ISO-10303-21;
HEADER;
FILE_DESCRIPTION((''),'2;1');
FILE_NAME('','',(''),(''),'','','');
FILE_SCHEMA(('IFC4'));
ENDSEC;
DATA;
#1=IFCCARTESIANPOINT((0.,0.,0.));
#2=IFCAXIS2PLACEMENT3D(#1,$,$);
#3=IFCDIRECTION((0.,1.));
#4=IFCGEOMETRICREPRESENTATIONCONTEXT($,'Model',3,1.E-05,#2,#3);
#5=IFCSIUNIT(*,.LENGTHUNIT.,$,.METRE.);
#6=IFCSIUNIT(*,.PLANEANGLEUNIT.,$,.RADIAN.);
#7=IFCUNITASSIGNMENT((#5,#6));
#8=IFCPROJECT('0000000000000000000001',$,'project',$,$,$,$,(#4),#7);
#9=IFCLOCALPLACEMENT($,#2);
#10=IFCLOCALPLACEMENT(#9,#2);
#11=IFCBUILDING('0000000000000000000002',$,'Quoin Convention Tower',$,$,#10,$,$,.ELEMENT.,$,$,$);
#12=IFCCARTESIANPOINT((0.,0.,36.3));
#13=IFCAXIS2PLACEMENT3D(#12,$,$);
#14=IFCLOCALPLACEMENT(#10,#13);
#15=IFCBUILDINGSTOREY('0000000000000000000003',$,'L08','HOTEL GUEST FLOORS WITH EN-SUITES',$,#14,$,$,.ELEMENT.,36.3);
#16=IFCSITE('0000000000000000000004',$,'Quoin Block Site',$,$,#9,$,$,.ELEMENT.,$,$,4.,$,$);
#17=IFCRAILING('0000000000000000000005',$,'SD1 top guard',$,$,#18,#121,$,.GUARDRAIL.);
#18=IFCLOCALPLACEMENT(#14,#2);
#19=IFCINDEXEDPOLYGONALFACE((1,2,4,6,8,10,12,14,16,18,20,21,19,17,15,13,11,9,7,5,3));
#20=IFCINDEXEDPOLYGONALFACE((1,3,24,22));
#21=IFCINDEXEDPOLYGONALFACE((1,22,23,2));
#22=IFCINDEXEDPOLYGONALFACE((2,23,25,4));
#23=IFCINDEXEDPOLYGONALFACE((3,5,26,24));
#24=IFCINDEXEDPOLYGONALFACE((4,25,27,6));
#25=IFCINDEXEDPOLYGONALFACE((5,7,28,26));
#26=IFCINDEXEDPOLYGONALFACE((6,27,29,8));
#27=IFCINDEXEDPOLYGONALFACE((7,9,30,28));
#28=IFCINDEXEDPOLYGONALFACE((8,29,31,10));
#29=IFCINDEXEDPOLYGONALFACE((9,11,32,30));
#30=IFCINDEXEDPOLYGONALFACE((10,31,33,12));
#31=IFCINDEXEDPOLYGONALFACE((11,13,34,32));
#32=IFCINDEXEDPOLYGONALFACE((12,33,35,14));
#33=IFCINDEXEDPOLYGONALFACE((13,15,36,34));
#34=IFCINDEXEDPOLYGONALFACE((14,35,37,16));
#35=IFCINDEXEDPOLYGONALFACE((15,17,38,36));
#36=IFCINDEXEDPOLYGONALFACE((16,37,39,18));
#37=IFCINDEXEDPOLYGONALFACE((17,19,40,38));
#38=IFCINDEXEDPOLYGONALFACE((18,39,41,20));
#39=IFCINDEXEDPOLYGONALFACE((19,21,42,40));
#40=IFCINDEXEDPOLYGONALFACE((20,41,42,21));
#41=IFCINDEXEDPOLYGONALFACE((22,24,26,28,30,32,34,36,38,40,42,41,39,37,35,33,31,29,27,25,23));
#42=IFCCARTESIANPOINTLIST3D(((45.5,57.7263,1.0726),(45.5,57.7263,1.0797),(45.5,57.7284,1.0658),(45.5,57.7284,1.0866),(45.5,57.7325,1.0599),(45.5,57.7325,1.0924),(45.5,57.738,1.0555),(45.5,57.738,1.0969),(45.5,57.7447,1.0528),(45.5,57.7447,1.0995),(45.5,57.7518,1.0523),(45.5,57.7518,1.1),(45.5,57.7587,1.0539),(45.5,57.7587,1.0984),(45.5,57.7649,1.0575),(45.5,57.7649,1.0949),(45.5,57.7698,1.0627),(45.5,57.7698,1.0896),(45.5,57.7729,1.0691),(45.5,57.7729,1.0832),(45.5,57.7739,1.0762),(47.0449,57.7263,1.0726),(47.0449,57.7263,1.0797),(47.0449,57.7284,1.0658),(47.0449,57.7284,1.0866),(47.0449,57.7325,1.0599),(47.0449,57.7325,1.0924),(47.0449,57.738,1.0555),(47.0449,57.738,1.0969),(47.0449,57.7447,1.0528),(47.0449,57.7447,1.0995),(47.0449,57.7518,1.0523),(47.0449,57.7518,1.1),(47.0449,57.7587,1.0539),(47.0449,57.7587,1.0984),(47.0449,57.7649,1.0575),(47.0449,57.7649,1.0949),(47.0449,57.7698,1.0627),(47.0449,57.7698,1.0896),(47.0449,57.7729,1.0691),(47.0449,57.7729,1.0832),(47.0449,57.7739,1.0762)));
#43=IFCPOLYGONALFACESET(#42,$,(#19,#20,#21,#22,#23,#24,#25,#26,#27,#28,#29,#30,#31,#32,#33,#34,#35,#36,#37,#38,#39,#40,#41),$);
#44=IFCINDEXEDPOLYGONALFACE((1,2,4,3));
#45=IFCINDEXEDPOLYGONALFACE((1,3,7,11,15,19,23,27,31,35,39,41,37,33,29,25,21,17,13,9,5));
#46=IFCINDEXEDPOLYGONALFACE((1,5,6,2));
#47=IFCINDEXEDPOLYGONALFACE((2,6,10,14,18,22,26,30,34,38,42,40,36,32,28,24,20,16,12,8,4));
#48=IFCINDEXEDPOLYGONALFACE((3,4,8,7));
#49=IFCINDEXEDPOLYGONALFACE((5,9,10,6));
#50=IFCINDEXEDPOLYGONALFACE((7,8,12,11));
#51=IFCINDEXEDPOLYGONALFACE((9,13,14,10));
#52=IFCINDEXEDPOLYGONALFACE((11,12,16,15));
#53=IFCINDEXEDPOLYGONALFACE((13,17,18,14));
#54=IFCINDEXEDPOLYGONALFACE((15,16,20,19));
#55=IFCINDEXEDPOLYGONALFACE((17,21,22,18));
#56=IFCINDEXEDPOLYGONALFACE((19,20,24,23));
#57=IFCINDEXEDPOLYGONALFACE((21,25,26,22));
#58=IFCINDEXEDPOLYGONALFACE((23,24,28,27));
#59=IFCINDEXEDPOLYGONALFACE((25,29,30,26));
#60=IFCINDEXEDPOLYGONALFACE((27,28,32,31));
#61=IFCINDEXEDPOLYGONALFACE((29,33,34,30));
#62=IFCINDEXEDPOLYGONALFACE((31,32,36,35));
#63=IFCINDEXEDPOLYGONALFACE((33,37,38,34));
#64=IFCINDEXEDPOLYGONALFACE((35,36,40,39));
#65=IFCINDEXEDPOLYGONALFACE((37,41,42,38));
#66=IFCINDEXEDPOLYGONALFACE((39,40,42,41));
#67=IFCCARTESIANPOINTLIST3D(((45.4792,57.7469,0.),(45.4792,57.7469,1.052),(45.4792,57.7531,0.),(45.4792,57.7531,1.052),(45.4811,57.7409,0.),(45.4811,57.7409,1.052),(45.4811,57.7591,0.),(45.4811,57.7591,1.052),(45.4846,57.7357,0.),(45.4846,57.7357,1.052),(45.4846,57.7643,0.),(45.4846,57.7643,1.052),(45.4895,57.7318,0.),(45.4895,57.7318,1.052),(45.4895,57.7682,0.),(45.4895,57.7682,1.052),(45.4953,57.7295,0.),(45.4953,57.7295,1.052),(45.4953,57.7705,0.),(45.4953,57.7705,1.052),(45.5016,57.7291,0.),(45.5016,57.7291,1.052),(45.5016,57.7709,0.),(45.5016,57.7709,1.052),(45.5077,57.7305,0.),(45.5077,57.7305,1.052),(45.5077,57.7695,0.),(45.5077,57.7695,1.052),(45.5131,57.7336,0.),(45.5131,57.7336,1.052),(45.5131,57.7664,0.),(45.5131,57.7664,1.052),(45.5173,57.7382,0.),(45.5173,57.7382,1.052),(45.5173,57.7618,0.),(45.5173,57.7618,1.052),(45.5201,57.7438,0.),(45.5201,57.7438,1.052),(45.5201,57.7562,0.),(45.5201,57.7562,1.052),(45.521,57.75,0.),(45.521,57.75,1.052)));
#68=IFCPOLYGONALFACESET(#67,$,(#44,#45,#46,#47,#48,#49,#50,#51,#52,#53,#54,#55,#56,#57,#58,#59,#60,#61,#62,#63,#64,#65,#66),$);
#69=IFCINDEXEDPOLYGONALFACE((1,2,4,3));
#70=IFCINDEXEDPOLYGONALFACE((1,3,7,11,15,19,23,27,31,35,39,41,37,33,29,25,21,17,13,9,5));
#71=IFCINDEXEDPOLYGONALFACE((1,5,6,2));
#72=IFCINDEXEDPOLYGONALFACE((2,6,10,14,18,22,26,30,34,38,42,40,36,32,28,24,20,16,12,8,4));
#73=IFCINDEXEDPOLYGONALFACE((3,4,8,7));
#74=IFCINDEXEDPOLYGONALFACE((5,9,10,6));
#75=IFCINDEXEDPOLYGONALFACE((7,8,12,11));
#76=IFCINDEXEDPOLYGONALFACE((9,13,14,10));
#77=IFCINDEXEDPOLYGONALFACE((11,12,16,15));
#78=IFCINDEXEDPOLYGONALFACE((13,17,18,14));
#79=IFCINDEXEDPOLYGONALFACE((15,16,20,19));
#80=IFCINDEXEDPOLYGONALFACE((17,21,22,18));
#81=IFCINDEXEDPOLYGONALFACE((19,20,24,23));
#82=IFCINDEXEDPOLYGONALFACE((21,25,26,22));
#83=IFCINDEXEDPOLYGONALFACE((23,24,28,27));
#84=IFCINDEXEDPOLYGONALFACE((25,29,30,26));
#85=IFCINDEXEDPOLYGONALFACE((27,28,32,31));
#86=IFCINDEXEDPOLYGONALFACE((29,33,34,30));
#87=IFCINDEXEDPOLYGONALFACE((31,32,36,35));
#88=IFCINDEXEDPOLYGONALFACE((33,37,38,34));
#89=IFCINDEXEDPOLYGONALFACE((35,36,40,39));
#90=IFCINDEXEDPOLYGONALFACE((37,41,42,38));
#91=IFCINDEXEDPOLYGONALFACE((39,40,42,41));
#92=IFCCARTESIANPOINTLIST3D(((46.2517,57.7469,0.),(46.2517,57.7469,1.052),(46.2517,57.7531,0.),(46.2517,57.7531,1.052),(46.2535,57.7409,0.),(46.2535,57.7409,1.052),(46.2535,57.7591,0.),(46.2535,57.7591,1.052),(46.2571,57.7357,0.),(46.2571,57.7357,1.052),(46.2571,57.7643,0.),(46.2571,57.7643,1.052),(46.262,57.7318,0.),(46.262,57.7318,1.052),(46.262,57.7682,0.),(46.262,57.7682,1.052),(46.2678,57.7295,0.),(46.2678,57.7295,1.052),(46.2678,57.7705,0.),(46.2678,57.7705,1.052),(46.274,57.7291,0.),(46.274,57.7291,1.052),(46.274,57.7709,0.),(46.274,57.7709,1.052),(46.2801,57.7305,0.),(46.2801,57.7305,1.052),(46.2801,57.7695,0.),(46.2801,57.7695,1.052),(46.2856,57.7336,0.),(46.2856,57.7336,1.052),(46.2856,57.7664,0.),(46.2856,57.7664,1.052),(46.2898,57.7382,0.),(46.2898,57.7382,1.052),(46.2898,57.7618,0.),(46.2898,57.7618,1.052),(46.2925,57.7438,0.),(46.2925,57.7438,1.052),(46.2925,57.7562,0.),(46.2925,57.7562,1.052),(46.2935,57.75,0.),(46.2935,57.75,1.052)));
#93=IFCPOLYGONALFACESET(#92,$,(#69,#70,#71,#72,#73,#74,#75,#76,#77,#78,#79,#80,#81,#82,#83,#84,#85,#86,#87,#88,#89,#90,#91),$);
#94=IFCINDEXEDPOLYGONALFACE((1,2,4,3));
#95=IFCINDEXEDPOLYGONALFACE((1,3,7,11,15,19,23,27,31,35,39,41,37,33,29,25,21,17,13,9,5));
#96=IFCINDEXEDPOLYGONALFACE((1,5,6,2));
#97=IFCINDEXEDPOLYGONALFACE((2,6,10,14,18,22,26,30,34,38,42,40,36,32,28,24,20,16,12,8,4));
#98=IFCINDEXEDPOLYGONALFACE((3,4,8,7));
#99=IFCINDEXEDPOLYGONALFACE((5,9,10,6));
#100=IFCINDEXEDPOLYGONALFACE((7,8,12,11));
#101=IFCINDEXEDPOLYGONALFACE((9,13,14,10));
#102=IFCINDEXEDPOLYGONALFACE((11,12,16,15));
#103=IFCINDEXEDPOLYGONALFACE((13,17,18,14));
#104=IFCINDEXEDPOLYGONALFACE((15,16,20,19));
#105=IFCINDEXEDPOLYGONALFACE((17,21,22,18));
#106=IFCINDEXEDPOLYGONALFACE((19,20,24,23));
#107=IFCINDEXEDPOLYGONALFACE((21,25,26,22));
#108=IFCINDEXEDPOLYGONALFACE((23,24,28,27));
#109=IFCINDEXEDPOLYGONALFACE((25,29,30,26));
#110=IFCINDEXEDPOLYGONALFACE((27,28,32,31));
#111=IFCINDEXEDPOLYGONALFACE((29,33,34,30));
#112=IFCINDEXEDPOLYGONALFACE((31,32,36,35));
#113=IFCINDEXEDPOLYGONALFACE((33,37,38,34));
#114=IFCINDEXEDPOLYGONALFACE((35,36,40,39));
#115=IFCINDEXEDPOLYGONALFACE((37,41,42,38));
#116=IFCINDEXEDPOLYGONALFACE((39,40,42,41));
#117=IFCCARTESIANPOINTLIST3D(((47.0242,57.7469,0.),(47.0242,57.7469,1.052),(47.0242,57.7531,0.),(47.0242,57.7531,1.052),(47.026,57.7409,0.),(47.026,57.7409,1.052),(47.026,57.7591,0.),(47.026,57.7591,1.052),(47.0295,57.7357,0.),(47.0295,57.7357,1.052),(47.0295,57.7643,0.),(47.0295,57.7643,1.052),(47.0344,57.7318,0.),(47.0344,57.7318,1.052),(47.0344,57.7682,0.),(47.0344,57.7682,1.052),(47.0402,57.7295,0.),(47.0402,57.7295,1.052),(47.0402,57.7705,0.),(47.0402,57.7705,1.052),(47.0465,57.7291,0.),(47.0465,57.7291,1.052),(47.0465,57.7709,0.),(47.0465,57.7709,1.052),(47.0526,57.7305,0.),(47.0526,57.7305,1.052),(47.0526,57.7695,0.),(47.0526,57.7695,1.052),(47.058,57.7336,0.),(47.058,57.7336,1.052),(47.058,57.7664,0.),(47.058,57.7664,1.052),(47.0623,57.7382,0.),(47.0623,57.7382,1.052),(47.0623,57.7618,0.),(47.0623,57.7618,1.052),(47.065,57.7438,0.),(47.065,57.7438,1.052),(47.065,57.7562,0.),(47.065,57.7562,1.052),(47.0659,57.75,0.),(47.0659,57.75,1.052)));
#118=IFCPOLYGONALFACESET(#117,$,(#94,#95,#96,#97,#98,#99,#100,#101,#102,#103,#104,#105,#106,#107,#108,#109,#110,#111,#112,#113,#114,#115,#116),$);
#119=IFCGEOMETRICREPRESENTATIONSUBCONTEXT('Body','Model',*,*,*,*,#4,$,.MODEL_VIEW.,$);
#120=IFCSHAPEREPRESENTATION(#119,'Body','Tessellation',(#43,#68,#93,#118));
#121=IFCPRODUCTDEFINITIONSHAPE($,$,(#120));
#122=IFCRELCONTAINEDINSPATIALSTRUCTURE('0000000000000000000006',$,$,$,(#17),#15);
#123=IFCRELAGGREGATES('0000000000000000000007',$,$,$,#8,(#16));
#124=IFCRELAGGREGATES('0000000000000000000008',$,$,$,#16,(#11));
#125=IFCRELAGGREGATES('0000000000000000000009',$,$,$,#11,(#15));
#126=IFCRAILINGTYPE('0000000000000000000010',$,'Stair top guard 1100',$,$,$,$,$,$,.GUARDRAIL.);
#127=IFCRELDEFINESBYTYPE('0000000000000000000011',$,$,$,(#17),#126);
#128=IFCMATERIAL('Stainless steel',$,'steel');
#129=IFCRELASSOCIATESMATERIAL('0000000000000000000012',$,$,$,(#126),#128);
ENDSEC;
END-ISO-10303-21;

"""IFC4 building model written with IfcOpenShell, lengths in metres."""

from ifc_helpers import new_model, si_unit, direction, frame, origin, origin_2d, place, context, subcontext, project, spatial, circle, extrude, material, type_object, element, save


model = new_model("IFC4")

# Units and contexts
model_context = context("Model", 3, precision=1e-05, world=origin(), true_north=direction((0.0, 1.0)))
body_context = subcontext(model_context, "Body", "Model", "MODEL_VIEW")
ifc_project = project(units=[si_unit("LENGTHUNIT", "METRE"), si_unit("PLANEANGLEUNIT", "RADIAN")], contexts=[model_context])

# Site, building, storey
site_placement = place(None, origin())
site = spatial("IfcSite", under=ifc_project, at=site_placement, Name="Quoin Block Site", CompositionType="ELEMENT", RefElevation=4.0)
building_placement = place(site_placement, origin())
building = spatial("IfcBuilding", under=site, at=building_placement, Name="Quoin Convention Tower", CompositionType="ELEMENT")
storey_placement = place(building_placement, frame((0.0, 0.0, 36.3)))
storey = spatial("IfcBuildingStorey", under=building, at=storey_placement, Name="L08", Description="HOTEL GUEST FLOORS WITH EN-SUITES", CompositionType="ELEMENT", Elevation=36.3)

# Railing
ifc_material_1 = material(Name="Stainless steel", Category="steel")
railing_type_1 = type_object("IfcRailingType", Name="Stair top guard 1100", PredefinedType="GUARDRAIL", material=ifc_material_1)
railing_1_placement = place(storey_placement, frame((45.5, 57.75, 0.0)))
element("IfcRailing", 1, at=railing_1_placement, inside=storey, type_object=railing_type_1, Name="SD1 top guard", PredefinedType="GUARDRAIL", context=body_context, shape_type="SweptSolid", body=[
    extrude(circle(Radius=0.0239, at=origin_2d()), frame((0.0, 0.0, 1.0762), z_axis=(1.0, 0.0, 0.0), x_axis=(0.0, 1.0, 0.0)), (0.0, 0.0, 1.0), 1.5449),
    extrude(circle(Radius=0.021, at=origin_2d()), origin(), (0.0, 0.0, 1.0), 1.052),
    extrude(circle(Radius=0.021, at=origin_2d()), frame((0.7725, 0.0, 0.0)), (0.0, 0.0, 1.0), 1.052),
    extrude(circle(Radius=0.021, at=origin_2d()), frame((1.5449, 0.0, 0.0)), (0.0, 0.0, 1.0), 1.052),
])

save(model, "model.ifc")
